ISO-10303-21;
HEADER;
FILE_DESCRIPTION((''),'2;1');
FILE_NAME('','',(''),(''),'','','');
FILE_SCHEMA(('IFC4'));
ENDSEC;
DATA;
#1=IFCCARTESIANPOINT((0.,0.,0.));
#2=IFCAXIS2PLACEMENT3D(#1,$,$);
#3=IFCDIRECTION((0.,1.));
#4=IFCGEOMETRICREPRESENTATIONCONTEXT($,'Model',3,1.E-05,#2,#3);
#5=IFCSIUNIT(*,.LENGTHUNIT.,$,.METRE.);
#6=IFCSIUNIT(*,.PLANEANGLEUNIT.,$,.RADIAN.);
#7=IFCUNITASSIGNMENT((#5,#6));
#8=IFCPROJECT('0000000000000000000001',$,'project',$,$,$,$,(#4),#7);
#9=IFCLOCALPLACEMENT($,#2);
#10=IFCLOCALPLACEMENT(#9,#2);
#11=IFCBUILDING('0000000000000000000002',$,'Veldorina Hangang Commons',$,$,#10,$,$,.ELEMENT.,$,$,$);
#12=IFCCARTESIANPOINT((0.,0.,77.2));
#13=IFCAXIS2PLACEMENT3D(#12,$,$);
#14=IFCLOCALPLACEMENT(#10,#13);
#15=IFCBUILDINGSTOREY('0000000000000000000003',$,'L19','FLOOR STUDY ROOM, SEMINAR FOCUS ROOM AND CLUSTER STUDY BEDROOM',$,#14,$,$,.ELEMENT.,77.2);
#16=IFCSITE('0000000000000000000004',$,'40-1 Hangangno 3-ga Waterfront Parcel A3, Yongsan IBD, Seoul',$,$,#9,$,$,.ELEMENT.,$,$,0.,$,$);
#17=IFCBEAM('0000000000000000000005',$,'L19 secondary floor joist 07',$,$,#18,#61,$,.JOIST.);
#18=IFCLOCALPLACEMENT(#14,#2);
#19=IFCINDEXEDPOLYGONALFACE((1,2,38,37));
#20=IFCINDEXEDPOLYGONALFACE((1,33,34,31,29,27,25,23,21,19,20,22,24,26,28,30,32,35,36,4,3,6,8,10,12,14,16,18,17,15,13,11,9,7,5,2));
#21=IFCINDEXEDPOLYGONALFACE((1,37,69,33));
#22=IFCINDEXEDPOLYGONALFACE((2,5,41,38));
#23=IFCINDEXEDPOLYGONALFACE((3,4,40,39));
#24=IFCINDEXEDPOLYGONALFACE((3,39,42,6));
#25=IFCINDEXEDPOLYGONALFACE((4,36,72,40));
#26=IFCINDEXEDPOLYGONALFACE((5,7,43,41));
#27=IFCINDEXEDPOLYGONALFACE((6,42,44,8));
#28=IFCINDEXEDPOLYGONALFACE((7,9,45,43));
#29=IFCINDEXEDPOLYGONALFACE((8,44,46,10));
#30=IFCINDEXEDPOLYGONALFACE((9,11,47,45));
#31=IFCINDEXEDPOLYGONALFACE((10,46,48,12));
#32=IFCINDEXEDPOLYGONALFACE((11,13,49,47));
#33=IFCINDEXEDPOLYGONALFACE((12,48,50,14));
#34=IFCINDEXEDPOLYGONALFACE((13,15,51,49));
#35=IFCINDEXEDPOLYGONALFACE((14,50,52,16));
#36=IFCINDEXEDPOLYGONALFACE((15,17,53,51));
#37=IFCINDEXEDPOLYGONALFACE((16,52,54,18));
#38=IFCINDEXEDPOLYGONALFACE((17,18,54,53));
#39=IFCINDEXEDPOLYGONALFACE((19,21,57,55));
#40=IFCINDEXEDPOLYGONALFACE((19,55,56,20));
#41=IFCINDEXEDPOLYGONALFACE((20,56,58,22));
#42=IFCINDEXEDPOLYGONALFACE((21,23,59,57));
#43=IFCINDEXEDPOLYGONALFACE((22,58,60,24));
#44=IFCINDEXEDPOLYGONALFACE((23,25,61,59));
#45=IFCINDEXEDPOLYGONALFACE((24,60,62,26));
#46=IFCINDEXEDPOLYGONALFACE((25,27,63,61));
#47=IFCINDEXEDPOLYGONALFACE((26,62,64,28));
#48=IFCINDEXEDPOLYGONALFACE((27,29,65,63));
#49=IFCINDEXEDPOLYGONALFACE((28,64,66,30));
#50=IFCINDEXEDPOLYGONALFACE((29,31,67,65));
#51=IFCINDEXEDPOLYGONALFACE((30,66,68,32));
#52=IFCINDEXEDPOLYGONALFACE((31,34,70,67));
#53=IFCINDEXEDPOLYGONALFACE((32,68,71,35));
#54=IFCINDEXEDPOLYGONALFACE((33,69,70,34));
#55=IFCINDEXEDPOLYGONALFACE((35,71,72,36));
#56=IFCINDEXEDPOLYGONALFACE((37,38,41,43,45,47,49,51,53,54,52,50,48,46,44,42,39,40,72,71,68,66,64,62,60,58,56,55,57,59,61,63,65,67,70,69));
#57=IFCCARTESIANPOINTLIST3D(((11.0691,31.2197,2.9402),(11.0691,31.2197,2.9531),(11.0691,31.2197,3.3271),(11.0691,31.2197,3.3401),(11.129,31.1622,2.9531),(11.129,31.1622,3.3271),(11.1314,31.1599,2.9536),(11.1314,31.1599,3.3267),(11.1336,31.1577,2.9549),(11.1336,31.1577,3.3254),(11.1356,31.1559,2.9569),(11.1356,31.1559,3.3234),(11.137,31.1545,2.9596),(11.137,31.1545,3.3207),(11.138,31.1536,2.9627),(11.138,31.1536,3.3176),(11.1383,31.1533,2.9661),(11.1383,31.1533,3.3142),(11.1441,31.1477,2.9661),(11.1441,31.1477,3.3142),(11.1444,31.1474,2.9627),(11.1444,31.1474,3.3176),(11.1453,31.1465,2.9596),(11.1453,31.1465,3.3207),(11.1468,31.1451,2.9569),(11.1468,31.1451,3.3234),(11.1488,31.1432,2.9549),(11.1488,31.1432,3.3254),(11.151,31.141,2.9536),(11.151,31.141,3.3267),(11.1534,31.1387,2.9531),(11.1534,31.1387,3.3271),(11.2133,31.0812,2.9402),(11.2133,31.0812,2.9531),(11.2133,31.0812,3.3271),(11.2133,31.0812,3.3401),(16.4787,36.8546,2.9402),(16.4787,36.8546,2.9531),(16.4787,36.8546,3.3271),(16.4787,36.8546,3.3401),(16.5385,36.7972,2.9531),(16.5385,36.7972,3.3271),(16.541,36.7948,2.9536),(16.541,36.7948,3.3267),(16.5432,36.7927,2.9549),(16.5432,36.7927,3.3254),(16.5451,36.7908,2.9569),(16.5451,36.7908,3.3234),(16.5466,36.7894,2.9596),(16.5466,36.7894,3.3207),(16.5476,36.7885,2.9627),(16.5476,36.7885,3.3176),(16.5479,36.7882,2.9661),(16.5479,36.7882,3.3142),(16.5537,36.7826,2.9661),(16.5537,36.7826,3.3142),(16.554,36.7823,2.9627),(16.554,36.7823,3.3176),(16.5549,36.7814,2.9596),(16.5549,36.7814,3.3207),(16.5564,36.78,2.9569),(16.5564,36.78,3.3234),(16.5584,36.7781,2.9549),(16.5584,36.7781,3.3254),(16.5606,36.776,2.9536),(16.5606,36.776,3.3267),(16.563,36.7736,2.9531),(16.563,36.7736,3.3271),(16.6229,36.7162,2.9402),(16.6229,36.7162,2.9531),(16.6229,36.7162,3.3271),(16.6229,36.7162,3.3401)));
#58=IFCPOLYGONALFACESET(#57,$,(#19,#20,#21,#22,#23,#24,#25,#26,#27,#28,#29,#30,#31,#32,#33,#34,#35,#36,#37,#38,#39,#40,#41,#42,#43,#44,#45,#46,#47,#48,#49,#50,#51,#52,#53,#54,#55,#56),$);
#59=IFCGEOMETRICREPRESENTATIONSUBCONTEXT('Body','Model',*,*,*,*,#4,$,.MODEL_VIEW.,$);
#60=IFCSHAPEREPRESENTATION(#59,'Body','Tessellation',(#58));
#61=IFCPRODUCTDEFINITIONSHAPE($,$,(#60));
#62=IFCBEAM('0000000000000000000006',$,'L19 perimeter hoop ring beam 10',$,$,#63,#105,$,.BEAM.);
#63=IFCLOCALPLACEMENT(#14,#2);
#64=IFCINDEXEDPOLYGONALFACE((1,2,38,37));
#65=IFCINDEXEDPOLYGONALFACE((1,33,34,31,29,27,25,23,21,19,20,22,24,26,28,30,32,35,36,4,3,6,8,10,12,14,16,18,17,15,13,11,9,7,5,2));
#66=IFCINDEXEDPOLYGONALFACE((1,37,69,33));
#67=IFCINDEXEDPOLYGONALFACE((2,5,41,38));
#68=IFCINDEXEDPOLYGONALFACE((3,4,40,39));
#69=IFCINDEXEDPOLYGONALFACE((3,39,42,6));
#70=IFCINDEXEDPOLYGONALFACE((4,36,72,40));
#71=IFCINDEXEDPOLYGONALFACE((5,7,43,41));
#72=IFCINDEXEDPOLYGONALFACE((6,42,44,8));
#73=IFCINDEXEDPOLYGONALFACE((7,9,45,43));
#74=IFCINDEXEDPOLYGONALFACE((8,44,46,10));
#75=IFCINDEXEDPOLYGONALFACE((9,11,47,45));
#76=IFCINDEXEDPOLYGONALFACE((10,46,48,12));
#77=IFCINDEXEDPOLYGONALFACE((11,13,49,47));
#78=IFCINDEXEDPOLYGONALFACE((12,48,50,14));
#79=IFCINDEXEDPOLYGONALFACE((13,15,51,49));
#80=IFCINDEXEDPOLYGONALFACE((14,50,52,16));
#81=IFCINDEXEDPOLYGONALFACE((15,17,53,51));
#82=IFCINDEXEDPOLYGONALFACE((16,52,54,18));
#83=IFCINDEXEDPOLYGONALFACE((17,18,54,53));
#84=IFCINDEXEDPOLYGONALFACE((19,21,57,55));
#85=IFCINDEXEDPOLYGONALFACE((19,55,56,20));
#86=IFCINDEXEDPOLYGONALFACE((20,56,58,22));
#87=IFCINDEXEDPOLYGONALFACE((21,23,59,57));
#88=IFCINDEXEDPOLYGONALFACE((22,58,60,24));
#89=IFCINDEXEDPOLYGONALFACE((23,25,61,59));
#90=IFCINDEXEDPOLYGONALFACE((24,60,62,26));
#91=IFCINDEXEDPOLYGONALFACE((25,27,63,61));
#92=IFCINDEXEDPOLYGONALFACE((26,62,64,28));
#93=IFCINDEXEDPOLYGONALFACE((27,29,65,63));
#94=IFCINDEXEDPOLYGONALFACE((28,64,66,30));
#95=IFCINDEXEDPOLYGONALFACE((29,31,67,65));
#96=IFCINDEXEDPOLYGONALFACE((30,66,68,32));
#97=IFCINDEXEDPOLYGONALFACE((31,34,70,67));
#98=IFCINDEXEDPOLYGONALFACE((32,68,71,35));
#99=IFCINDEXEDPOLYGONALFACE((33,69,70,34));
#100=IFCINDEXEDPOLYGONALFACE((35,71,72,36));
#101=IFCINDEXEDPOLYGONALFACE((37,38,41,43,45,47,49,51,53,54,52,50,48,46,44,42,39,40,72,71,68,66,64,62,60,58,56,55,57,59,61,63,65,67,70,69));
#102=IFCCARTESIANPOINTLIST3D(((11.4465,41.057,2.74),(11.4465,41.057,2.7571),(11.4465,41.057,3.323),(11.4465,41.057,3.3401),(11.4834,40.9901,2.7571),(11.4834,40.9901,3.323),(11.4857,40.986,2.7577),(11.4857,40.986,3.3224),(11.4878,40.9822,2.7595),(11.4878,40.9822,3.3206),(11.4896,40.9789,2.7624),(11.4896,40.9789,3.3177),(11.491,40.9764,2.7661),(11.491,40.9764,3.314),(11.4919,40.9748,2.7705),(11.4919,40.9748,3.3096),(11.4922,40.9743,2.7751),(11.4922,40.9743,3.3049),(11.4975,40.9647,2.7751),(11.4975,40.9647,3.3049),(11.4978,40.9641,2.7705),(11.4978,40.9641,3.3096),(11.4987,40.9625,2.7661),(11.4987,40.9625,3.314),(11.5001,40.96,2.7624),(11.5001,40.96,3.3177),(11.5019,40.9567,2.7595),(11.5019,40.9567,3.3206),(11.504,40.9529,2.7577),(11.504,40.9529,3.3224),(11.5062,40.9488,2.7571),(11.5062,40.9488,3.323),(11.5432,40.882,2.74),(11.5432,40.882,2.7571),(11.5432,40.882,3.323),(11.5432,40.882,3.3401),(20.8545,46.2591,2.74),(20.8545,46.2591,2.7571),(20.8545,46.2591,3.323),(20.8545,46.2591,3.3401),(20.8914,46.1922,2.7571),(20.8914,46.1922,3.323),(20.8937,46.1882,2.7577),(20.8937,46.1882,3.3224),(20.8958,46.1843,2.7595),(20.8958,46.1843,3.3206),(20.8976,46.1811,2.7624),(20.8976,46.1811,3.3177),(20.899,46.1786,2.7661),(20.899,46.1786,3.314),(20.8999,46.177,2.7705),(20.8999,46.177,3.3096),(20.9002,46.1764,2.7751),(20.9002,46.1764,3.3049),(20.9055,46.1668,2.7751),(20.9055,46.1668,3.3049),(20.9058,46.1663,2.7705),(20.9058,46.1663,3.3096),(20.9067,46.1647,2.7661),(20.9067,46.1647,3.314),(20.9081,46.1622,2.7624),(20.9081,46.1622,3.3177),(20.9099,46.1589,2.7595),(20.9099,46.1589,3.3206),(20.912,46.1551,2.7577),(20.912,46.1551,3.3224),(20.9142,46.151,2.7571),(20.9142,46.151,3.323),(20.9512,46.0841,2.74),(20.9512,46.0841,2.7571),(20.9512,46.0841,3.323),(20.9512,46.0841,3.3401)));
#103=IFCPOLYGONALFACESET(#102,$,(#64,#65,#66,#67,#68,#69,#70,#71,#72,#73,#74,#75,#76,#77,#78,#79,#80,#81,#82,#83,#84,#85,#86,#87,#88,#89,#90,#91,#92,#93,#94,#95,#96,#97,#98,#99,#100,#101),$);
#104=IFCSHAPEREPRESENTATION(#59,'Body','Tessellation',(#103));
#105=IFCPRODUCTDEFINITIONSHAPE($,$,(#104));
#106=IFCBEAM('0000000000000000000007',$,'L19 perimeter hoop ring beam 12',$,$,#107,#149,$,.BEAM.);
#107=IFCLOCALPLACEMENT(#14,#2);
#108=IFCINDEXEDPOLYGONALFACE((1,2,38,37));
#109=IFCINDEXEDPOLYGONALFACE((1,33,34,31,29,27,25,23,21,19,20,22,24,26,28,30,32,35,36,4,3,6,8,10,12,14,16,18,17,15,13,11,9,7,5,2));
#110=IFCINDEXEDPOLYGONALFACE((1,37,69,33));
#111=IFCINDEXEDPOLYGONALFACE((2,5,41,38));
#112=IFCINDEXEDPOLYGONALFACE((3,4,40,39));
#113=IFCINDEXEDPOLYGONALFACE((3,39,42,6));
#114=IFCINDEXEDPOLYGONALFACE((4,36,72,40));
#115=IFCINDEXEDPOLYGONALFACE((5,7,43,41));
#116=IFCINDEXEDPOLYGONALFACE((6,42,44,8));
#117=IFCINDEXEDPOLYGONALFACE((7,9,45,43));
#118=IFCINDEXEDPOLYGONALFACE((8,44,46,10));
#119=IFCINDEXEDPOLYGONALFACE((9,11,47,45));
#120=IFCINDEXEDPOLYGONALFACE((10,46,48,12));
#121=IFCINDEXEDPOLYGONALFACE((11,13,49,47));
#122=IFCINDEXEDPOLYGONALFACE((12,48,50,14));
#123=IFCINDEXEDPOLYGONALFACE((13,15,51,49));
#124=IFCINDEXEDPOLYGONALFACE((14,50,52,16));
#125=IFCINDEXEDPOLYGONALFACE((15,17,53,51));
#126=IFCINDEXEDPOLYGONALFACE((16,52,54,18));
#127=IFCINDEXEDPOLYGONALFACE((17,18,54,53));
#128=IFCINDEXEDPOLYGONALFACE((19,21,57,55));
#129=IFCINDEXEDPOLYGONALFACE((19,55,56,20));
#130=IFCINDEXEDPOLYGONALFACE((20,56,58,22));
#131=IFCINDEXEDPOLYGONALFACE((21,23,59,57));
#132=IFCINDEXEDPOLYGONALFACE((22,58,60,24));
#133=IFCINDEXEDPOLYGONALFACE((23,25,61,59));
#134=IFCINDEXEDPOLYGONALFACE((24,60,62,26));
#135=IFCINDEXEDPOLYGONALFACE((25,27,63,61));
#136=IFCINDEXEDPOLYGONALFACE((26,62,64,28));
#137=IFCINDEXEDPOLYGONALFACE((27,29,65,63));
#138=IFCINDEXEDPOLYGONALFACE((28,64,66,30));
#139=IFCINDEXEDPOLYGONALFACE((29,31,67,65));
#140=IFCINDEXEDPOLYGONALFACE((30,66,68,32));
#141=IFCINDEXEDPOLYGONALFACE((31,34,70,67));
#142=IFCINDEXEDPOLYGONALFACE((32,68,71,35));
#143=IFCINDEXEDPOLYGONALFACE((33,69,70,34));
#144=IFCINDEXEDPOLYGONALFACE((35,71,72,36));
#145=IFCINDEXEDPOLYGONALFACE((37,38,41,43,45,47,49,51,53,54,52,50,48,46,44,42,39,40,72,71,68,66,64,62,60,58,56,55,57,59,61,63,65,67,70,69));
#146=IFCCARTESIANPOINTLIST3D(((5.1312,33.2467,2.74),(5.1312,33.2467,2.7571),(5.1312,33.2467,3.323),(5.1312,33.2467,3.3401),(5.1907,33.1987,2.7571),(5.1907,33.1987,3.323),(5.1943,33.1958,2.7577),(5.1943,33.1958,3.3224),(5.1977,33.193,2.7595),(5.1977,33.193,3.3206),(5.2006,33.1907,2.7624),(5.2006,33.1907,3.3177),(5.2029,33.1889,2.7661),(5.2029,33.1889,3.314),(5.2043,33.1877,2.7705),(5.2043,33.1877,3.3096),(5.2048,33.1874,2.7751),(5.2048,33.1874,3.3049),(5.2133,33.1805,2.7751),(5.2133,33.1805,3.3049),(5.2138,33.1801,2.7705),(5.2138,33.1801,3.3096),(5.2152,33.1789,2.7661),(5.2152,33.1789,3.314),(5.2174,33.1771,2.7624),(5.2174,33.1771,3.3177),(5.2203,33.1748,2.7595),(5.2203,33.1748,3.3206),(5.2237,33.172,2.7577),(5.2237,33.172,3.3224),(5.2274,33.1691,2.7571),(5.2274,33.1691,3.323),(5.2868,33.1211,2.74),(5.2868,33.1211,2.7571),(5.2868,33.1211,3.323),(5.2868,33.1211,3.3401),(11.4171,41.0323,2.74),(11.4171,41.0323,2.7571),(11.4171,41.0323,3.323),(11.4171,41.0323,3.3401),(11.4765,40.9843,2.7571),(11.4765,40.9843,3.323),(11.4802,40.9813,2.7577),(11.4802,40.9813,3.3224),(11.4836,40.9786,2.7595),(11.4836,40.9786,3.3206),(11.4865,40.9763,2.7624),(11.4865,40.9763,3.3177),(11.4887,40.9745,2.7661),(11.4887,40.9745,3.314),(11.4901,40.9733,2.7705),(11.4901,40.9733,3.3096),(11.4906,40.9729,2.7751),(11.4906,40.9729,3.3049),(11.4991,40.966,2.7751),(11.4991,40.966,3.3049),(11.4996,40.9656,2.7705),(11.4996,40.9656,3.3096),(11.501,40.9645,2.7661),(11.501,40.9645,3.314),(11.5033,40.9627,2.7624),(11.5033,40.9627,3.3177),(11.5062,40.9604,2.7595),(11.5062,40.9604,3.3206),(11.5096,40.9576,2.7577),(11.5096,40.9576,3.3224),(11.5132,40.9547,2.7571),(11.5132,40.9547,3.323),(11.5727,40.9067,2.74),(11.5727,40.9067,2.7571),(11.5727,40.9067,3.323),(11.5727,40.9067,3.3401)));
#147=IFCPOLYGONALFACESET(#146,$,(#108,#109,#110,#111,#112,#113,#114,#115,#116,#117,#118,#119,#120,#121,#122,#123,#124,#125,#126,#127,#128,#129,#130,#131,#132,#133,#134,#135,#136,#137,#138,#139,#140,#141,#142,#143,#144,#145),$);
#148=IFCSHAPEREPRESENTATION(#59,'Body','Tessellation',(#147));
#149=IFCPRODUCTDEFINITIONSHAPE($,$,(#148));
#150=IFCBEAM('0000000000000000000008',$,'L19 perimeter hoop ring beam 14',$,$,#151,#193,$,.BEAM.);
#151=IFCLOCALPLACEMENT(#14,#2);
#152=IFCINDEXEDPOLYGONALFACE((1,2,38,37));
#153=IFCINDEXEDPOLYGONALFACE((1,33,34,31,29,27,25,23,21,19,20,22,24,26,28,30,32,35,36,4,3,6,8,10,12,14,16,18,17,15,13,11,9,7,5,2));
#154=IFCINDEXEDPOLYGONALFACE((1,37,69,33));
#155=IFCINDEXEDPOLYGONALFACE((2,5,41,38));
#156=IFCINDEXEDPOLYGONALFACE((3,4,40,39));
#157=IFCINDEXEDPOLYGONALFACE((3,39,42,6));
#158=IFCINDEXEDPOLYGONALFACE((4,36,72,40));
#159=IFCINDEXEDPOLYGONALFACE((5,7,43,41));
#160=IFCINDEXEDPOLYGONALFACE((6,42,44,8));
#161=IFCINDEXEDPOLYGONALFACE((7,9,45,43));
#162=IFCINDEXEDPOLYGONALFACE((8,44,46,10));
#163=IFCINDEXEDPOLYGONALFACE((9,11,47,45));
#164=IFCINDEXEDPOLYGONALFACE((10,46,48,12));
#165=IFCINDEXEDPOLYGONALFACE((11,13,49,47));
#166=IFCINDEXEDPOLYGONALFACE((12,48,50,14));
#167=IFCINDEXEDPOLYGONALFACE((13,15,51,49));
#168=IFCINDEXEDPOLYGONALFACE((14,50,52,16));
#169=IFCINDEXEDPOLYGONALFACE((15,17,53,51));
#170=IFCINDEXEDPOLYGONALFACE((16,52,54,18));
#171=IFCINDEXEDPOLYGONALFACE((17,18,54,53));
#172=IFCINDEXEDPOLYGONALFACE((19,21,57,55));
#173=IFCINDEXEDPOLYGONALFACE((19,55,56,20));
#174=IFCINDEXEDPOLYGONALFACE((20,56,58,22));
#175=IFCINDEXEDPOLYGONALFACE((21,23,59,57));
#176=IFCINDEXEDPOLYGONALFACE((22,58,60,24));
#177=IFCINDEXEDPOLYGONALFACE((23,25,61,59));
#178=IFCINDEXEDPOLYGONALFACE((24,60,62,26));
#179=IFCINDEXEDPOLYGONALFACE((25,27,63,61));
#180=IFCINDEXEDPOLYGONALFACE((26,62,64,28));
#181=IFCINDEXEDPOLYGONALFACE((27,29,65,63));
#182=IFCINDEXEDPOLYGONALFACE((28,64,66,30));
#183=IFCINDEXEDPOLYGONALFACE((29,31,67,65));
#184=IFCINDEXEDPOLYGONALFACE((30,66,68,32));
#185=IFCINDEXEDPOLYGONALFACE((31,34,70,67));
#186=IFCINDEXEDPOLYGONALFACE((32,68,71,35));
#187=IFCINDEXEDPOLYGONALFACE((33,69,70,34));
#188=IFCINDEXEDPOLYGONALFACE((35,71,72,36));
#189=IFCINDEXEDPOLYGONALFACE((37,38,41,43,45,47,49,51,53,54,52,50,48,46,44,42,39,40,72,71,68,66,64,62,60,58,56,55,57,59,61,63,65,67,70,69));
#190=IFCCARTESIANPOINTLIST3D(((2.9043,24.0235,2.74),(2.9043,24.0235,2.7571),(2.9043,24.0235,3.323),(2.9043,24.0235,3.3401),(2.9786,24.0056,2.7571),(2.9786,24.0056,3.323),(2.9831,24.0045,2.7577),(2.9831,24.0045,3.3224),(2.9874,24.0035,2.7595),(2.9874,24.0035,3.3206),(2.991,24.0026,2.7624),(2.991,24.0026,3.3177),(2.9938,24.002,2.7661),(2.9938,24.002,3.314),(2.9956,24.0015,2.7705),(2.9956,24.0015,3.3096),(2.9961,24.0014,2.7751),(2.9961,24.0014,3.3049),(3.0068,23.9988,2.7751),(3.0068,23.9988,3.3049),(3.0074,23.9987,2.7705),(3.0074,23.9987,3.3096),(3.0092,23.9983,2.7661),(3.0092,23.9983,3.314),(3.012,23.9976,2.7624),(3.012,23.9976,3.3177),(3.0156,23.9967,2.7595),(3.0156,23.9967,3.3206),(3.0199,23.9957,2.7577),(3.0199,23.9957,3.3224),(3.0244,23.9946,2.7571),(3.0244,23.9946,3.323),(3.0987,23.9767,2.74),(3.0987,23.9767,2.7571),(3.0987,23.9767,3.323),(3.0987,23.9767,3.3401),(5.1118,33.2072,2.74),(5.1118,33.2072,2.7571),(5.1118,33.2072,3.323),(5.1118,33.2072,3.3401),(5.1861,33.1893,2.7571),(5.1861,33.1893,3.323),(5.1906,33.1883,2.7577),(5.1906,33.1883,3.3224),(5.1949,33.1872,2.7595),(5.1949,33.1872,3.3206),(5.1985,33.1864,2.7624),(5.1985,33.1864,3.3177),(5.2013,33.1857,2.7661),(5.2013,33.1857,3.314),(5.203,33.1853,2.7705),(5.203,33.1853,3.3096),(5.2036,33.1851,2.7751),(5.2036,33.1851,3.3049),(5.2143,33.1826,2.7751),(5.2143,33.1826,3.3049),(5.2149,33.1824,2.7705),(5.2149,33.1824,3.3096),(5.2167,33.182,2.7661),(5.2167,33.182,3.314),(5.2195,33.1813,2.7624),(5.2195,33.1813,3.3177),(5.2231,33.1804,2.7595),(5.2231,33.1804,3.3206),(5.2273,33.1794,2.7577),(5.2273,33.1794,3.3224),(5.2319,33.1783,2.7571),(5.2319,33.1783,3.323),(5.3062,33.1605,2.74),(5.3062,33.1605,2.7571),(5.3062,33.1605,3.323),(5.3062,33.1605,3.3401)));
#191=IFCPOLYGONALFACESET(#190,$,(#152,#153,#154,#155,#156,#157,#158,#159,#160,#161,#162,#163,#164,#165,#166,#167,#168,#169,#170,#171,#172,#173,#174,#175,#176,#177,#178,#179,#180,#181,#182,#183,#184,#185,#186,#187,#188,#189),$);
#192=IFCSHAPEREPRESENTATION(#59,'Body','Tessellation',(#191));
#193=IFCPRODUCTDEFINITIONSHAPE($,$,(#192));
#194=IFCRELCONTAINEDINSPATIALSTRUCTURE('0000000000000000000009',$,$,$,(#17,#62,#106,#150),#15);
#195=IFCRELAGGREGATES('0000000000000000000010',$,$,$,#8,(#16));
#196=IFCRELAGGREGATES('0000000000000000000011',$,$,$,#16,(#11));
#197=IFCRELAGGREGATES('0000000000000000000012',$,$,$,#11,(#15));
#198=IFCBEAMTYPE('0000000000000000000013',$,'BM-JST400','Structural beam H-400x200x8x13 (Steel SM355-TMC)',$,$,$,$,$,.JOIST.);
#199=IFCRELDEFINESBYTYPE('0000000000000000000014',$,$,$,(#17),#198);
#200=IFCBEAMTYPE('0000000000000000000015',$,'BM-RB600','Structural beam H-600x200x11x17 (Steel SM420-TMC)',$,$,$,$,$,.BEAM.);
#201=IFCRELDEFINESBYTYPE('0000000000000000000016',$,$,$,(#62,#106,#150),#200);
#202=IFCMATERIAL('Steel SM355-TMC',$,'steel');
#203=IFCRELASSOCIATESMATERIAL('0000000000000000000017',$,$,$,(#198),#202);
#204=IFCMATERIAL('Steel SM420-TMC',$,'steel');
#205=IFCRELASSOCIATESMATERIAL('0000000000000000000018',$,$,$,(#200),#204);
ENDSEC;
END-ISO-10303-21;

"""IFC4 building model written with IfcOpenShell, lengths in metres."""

from ifc_helpers import new_model, si_unit, direction, frame, origin, origin_2d, place, context, subcontext, project, spatial, i_section, extrude, material, material_profile, profile_set, type_object, element, save


model = new_model("IFC4")

# Units and contexts
model_context = context("Model", 3, precision=1e-05, world=origin(), true_north=direction((0.0, 1.0)))
body_context = subcontext(model_context, "Body", "Model", "MODEL_VIEW")
ifc_project = project(units=[si_unit("LENGTHUNIT", "METRE"), si_unit("PLANEANGLEUNIT", "RADIAN")], contexts=[model_context])

# Site, building, storey
site_placement = place(None, origin())
site = spatial("IfcSite", under=ifc_project, at=site_placement, Name="40-1 Hangangno 3-ga Waterfront Parcel A3, Yongsan IBD, Seoul", CompositionType="ELEMENT", RefElevation=0.0)
building_placement = place(site_placement, origin())
building = spatial("IfcBuilding", under=site, at=building_placement, Name="Veldorina Hangang Commons", CompositionType="ELEMENT")
storey_placement = place(building_placement, frame((0.0, 0.0, 77.2)))
storey = spatial("IfcBuildingStorey", under=building, at=storey_placement, Name="L19", Description="FLOOR STUDY ROOM, SEMINAR FOCUS ROOM AND CLUSTER STUDY BEDROOM", CompositionType="ELEMENT", Elevation=77.2)

# Beams
ifc_material_1 = material(Name="Steel SM355-TMC", Category="steel")
ifc_material_profile_1 = material_profile(ifc_material_1, i_section(OverallWidth=0.2, OverallDepth=0.3999, WebThickness=0.0081, FlangeThickness=0.0129, FilletRadius=0.0129, at=origin_2d()), Name="H-400x200x8x13")
ifc_profile_set_1 = profile_set([ifc_material_profile_1], Name="Steel SM355-TMC")
beam_type_1 = type_object("IfcBeamType", Name="BM-JST400", Description="Structural beam H-400x200x8x13 (Steel SM355-TMC)", PredefinedType="JOIST", material=ifc_profile_set_1)
beam_1_placement = place(storey_placement, frame((16.5508, 36.7854, 3.1401), z_axis=(-0.692536, -0.721384, 0.0), x_axis=(0.721384, -0.692536, 0.0)))
element("IfcBeam", 1, at=beam_1_placement, inside=storey, type_object=beam_type_1, Name="L19 secondary floor joist 07", PredefinedType="JOIST", context=body_context, shape_type="SweptSolid", body=[
    extrude(i_section(OverallWidth=0.2, OverallDepth=0.3999, WebThickness=0.0081, FlangeThickness=0.0129, FilletRadius=0.0129, at=origin_2d()), origin(), (0.0, 0.0, 1.0), 7.8113),
])
ifc_material_2 = material(Name="Steel SM420-TMC", Category="steel")
ifc_material_profile_2 = material_profile(ifc_material_2, i_section(OverallWidth=0.2, OverallDepth=0.6001, WebThickness=0.011, FlangeThickness=0.0171, FilletRadius=0.0181, at=origin_2d()), Name="H-600x200x11x17")
ifc_profile_set_2 = profile_set([ifc_material_profile_2], Name="Steel SM420-TMC")
beam_type_2 = type_object("IfcBeamType", Name="BM-RB600", Description="Structural beam H-600x200x11x17 (Steel SM420-TMC)", PredefinedType="BEAM", material=ifc_profile_set_2)
beam_2_placement = place(storey_placement, frame((20.9028, 46.1716, 3.04), z_axis=(-0.875123, -0.483901, 0.0), x_axis=(0.483901, -0.875123, 0.0)))
element("IfcBeam", 2, at=beam_2_placement, inside=storey, type_object=beam_type_2, Name="L19 perimeter hoop ring beam 10", PredefinedType="BEAM", context=body_context, shape_type="SweptSolid", body=[
    extrude(i_section(OverallWidth=0.2, OverallDepth=0.6001, WebThickness=0.011, FlangeThickness=0.0171, FilletRadius=0.0181, at=origin_2d()), origin(), (0.0, 0.0, 1.0), 10.7505),
])
beam_3_placement = place(storey_placement, frame((11.4949, 40.9695, 3.04), z_axis=(-0.628185, -0.778064, 0.0), x_axis=(0.778064, -0.628185, 0.0)))
element("IfcBeam", 3, at=beam_3_placement, inside=storey, type_object=beam_type_2, Name="L19 perimeter hoop ring beam 12", PredefinedType="BEAM", context=body_context, shape_type="SweptSolid", body=[
    extrude(i_section(OverallWidth=0.2, OverallDepth=0.6001, WebThickness=0.011, FlangeThickness=0.0171, FilletRadius=0.0181, at=origin_2d()), origin(), (0.0, 0.0, 1.0), 10.0063),
])
beam_4_placement = place(storey_placement, frame((5.209, 33.1838, 3.04), z_axis=(-0.233713, -0.972306, 0.0), x_axis=(0.972306, -0.233713, 0.0)))
element("IfcBeam", 4, at=beam_4_placement, inside=storey, type_object=beam_type_2, Name="L19 perimeter hoop ring beam 14", PredefinedType="BEAM", context=body_context, shape_type="SweptSolid", body=[
    extrude(i_section(OverallWidth=0.2, OverallDepth=0.6001, WebThickness=0.011, FlangeThickness=0.0171, FilletRadius=0.0181, at=origin_2d()), origin(), (0.0, 0.0, 1.0), 9.4453),
])

save(model, "model.ifc")
